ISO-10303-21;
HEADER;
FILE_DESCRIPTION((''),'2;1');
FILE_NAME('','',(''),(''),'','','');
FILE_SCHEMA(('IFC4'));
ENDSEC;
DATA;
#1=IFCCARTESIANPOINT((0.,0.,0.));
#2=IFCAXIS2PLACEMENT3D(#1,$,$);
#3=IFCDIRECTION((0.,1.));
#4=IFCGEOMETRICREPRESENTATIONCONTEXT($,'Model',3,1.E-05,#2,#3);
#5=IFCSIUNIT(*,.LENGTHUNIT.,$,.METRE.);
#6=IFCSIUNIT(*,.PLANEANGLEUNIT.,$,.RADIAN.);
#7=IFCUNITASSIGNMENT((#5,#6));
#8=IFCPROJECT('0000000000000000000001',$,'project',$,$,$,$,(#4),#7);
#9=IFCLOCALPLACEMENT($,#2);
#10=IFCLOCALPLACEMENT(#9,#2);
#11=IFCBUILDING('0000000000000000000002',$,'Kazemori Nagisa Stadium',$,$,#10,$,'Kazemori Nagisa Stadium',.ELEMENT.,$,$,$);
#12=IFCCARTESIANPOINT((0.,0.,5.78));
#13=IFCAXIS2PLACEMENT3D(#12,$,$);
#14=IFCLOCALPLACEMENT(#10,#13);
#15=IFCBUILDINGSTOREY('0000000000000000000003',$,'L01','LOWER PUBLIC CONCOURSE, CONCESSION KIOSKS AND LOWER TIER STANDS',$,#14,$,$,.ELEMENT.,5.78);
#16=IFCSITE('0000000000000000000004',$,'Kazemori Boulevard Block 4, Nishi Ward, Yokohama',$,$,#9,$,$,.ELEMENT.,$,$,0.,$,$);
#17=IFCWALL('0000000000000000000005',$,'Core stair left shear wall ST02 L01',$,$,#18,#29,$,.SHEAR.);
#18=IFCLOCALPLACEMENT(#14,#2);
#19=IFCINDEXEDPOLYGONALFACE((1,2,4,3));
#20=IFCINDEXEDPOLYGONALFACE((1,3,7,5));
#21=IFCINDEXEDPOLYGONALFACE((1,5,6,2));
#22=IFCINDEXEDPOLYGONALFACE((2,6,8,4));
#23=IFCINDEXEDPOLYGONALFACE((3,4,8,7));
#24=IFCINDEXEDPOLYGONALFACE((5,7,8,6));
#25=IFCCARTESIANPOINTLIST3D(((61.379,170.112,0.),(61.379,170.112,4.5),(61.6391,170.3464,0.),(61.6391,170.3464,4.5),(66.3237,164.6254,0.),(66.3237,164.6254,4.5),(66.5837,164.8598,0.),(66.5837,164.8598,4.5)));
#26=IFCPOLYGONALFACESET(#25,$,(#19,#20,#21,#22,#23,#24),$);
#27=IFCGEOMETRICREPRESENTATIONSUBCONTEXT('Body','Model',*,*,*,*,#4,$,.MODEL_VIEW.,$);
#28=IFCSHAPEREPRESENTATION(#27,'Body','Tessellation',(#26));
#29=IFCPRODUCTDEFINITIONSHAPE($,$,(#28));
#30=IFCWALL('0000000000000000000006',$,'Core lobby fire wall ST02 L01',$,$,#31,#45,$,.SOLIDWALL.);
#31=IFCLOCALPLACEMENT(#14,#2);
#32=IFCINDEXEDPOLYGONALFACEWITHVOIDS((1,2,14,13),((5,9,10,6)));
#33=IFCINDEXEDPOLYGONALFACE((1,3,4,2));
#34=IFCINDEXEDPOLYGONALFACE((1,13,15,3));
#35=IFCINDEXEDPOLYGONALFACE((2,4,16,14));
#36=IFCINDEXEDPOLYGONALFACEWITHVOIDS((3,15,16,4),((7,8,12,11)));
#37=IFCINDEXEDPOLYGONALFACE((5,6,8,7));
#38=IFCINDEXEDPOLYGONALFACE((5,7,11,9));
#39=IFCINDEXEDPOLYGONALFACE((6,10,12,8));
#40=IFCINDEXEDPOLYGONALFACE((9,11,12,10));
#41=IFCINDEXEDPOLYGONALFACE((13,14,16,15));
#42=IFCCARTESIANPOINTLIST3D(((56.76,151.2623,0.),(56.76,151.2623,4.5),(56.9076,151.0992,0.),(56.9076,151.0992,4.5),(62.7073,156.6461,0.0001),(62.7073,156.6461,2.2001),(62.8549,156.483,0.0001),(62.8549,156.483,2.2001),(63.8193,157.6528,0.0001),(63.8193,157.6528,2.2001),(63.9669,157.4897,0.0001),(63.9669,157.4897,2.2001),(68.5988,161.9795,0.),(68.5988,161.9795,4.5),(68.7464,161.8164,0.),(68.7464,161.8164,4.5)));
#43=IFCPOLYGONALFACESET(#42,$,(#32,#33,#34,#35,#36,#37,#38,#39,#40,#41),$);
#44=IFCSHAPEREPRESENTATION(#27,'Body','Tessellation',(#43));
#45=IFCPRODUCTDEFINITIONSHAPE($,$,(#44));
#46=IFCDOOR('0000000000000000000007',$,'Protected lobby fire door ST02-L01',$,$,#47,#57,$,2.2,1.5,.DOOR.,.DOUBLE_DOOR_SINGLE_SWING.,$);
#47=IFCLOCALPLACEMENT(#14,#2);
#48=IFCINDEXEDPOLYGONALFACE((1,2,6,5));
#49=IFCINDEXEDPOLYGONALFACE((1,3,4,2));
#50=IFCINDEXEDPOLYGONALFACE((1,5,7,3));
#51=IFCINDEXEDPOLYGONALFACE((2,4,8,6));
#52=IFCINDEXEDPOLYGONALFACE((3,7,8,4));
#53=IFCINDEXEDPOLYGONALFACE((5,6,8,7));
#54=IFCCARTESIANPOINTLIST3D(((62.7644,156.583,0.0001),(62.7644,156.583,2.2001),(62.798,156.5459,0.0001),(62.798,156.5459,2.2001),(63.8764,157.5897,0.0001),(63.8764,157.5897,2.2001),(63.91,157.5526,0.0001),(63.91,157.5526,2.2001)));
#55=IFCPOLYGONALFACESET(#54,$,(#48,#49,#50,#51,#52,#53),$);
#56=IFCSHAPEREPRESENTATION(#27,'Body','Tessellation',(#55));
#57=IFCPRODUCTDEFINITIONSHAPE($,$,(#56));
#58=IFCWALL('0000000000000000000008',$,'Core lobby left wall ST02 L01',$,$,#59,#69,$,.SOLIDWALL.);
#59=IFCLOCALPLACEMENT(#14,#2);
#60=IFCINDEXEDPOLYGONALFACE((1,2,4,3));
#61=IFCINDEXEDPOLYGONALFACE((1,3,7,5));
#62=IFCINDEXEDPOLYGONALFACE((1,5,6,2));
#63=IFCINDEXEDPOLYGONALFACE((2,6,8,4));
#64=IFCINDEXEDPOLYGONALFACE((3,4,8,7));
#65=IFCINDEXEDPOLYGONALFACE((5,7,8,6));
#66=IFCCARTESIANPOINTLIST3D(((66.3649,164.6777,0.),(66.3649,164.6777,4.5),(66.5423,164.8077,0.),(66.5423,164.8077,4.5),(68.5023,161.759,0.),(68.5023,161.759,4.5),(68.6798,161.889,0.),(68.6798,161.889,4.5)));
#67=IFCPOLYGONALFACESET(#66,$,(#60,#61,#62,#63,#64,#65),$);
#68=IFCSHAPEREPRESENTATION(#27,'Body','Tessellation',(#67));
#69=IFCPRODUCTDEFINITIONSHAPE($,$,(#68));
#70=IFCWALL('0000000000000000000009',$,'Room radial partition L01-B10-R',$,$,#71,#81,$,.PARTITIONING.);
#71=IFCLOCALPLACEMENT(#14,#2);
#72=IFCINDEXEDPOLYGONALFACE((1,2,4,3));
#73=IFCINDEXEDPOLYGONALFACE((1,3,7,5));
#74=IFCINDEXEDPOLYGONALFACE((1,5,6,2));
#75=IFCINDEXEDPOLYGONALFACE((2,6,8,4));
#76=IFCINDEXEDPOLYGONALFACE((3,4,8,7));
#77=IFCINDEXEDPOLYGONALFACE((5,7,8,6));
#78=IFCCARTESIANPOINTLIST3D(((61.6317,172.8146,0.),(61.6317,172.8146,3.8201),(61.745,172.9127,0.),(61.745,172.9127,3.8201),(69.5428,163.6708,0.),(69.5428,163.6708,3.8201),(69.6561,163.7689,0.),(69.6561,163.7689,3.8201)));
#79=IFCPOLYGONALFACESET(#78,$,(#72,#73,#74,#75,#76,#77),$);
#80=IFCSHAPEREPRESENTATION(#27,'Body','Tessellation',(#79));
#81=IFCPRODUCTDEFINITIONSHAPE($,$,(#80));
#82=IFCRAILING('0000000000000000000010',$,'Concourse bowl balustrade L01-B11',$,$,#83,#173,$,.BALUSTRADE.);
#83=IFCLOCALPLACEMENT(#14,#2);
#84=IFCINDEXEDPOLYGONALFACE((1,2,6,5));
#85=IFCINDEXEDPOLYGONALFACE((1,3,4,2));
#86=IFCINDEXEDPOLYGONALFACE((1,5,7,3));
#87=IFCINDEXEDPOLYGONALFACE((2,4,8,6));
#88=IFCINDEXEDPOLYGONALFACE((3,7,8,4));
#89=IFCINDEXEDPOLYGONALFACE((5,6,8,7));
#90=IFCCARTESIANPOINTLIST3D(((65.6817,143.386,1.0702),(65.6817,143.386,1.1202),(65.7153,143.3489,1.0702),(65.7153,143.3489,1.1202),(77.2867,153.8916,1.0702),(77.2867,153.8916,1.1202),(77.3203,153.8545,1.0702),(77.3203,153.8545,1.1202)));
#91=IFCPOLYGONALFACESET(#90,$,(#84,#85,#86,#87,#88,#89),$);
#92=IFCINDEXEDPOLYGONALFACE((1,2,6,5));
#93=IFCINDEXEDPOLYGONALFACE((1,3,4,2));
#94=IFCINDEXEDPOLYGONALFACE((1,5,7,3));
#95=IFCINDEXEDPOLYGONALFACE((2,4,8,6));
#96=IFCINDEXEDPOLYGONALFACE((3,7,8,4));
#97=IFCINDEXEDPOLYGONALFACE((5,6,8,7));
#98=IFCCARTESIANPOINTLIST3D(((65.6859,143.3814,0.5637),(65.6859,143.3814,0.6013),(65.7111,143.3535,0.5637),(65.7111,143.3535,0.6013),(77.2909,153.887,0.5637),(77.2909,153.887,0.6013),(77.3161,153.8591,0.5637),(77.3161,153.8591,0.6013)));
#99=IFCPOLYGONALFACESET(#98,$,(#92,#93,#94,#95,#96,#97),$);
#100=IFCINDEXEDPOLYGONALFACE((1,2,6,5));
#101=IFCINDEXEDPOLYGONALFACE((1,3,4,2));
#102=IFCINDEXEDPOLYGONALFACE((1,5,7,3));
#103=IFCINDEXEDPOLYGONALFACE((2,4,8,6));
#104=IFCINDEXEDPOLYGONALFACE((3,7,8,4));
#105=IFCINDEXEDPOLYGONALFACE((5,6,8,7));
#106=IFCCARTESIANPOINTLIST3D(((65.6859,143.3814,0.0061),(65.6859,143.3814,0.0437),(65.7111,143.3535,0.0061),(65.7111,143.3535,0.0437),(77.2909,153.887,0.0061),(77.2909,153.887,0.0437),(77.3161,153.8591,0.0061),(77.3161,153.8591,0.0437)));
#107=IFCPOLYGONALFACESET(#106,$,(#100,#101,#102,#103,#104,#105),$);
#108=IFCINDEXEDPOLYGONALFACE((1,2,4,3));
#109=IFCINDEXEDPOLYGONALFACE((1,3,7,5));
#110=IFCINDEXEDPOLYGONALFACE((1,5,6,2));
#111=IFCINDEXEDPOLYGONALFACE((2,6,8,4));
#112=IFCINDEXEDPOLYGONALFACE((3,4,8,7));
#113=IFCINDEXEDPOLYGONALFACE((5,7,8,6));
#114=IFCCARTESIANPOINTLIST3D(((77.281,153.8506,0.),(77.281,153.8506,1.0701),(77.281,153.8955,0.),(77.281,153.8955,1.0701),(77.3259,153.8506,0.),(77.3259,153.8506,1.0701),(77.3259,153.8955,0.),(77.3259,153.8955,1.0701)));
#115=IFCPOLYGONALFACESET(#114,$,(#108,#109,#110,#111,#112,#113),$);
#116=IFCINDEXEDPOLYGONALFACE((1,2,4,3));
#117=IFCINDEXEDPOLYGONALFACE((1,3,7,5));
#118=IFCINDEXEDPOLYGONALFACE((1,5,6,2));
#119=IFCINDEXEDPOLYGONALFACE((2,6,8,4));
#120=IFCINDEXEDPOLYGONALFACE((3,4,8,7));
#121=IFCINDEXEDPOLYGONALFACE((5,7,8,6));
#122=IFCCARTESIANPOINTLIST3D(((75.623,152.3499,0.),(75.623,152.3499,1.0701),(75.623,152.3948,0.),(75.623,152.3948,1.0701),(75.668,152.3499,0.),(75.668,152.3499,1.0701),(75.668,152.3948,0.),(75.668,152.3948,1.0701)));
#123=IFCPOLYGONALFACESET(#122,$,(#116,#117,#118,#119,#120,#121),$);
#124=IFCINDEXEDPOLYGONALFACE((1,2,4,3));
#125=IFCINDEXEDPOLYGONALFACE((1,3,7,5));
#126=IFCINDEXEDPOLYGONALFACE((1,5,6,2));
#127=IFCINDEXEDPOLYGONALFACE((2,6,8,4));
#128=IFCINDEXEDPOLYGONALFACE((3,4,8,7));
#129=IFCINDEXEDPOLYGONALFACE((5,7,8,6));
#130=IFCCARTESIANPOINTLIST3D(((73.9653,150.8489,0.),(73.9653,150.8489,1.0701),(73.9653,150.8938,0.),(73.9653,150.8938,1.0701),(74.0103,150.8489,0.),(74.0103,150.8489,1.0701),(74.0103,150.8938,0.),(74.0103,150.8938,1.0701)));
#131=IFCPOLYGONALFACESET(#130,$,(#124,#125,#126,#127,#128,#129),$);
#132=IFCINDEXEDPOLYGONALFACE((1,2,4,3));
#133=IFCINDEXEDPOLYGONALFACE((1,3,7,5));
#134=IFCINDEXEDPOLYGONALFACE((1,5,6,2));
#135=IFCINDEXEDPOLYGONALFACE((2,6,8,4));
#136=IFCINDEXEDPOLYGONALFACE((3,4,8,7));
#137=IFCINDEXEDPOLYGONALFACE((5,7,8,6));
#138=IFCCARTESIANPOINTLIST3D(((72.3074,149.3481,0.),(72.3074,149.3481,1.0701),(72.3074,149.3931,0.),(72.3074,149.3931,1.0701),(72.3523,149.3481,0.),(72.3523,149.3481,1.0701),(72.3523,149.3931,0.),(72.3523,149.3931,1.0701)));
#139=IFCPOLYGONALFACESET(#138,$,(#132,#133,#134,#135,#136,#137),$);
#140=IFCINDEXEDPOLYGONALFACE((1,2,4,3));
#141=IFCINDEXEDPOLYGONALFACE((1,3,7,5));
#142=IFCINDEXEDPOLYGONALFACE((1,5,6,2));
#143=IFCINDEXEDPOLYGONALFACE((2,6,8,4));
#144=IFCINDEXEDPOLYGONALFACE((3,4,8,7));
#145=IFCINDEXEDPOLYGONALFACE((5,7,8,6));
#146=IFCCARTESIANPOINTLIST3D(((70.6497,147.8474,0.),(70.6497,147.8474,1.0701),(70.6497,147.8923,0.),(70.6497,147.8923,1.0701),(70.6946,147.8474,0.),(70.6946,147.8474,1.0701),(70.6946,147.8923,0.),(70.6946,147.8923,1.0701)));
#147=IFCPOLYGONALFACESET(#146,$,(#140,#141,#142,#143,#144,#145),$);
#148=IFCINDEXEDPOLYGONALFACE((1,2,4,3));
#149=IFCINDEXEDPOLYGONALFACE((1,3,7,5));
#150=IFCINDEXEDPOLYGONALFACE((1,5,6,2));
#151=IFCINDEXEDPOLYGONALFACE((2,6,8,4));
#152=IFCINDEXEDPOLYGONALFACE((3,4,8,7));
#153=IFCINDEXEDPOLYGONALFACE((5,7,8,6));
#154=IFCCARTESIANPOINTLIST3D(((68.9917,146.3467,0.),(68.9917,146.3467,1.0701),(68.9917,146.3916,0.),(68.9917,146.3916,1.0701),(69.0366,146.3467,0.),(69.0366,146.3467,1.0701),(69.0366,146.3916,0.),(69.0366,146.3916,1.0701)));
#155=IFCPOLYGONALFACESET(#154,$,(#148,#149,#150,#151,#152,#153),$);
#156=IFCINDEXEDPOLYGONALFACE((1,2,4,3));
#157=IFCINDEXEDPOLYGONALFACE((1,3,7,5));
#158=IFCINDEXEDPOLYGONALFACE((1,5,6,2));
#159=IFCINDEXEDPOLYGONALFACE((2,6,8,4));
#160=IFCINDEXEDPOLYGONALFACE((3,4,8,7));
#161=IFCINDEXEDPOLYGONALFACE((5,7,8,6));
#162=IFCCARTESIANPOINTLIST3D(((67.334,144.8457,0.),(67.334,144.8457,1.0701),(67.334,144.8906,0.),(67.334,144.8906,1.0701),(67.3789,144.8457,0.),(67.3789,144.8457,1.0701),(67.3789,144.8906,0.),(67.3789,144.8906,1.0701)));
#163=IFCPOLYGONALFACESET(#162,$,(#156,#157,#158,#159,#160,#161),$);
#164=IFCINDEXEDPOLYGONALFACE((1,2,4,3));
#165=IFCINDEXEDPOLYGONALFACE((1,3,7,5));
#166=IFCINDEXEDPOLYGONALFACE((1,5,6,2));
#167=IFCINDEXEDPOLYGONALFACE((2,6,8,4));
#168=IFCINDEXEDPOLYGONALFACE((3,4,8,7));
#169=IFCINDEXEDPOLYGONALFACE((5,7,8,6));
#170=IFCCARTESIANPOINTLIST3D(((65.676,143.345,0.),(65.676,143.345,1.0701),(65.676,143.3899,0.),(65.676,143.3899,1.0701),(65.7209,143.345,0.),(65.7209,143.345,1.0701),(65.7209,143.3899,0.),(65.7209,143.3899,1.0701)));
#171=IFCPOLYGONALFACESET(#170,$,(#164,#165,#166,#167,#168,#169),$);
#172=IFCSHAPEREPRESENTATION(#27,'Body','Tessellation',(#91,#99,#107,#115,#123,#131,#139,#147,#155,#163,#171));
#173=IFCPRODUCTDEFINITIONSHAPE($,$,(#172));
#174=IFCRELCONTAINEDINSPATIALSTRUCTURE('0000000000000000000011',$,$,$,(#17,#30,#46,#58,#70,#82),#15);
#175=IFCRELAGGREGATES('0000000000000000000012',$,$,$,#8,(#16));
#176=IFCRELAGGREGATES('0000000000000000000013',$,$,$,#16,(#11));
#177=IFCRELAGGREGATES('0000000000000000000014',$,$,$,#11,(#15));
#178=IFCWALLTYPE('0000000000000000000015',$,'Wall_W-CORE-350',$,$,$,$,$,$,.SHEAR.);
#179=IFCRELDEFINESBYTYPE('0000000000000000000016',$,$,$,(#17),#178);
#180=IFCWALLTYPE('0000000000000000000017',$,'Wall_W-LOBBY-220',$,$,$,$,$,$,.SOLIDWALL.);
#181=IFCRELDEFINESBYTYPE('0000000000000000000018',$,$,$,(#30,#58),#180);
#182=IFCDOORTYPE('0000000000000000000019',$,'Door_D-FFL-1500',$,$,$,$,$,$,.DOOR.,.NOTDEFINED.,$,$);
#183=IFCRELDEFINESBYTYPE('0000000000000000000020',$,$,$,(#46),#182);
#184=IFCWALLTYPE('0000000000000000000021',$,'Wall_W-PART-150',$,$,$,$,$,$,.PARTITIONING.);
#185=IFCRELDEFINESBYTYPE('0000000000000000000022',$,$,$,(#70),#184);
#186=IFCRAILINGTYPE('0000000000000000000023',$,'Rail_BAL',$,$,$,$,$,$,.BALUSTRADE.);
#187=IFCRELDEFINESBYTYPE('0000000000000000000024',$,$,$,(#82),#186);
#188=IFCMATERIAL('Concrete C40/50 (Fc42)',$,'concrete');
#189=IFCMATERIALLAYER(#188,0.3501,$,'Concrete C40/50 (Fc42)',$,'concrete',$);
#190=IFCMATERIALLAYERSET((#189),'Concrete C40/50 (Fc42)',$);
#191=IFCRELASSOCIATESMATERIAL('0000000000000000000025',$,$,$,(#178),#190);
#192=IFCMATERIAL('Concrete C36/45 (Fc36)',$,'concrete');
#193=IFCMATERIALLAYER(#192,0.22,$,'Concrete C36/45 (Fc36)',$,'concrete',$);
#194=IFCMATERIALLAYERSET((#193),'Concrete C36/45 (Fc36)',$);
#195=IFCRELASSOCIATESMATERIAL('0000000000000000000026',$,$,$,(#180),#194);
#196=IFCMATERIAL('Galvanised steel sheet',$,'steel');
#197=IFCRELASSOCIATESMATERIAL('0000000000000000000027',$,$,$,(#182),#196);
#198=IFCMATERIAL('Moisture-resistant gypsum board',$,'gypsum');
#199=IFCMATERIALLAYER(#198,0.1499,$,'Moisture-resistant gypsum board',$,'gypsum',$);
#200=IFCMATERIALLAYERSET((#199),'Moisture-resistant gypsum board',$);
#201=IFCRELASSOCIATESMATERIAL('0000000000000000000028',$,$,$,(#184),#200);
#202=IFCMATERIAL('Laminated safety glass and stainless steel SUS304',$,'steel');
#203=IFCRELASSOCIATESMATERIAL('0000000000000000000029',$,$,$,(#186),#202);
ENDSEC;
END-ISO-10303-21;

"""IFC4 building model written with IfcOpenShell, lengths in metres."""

from ifc_helpers import new_model, si_unit, direction, frame, frame_2d, origin, origin_2d, place, context, subcontext, project, spatial, rectangle, extrude, material, layer, layer_set, type_object, element, fill, save


model = new_model("IFC4")

# Units and contexts
model_context = context("Model", 3, precision=1e-05, world=origin(), true_north=direction((0.0, 1.0)))
body_context = subcontext(model_context, "Body", "Model", "MODEL_VIEW")
ifc_project = project(units=[si_unit("LENGTHUNIT", "METRE"), si_unit("PLANEANGLEUNIT", "RADIAN")], contexts=[model_context])

# Site, building, storey
site_placement = place(None, origin())
site = spatial("IfcSite", under=ifc_project, at=site_placement, Name="Kazemori Boulevard Block 4, Nishi Ward, Yokohama", CompositionType="ELEMENT", RefElevation=0.0)
building_placement = place(site_placement, origin())
building = spatial("IfcBuilding", under=site, at=building_placement, Name="Kazemori Nagisa Stadium", LongName="Kazemori Nagisa Stadium", CompositionType="ELEMENT")
storey_placement = place(building_placement, frame((0.0, 0.0, 5.78)))
storey = spatial("IfcBuildingStorey", under=building, at=storey_placement, Name="L01", Description="LOWER PUBLIC CONCOURSE, CONCESSION KIOSKS AND LOWER TIER STANDS", CompositionType="ELEMENT", Elevation=5.78)

# Shared definitions
ifc_material_1 = material(Name="Concrete C40/50 (Fc42)", Category="concrete")

# Wall
ifc_layer_1 = layer(ifc_material_1, 0.3501, Name="Concrete C40/50 (Fc42)", Category="concrete")
ifc_layer_set_1 = layer_set([ifc_layer_1], Name="Concrete C40/50 (Fc42)")
wall_type_1 = type_object("IfcWallType", Name="Wall_W-CORE-350", PredefinedType="SHEAR", material=ifc_layer_set_1)
wall_1_placement = place(storey_placement, frame((66.4536, 164.7427, 0.0), z_axis=(0.0, 0.0, 1.0), x_axis=(-0.669463, 0.742845, 0.0)))
element("IfcWall", 1, at=wall_1_placement, inside=storey, type_object=wall_type_1, Name="Core stair left shear wall ST02 L01", PredefinedType="SHEAR", context=body_context, shape_type="SweptSolid", body=[
    extrude(rectangle(XDim=7.386, YDim=0.3501, at=frame_2d((3.6929, 0.0))), origin(), (0.0, 0.0, 1.0), 4.5),
])

# Wall, opening, door
ifc_material_2 = material(Name="Concrete C36/45 (Fc36)", Category="concrete")
ifc_layer_2 = layer(ifc_material_2, 0.22, Name="Concrete C36/45 (Fc36)", Category="concrete")
ifc_layer_set_2 = layer_set([ifc_layer_2], Name="Concrete C36/45 (Fc36)")
wall_type_2 = type_object("IfcWallType", Name="Wall_W-LOBBY-220", PredefinedType="SOLIDWALL", material=ifc_layer_set_2)
wall_2_placement = place(storey_placement, frame((68.6726, 161.8979, 0.0), z_axis=(0.0, 0.0, 1.0), x_axis=(-0.741351, -0.671117, 0.0)))
wall_2 = element("IfcWall", 2, at=wall_2_placement, inside=storey, type_object=wall_type_2, Name="Core lobby fire wall ST02 L01", PredefinedType="SOLIDWALL", context=body_context, shape_type="SweptSolid", body=[
    extrude(rectangle(XDim=15.9692, YDim=0.22, at=frame_2d((7.9846, 0.0))), origin(), (0.0, 0.0, 1.0), 4.5),
])
opening_placement = place(wall_2_placement, frame((6.447, 0.0, 0.0)))
opening = element("IfcOpeningElement", 3, at=opening_placement, cuts=wall_2, PredefinedType="OPENING", context=body_context, shape_type="SweptSolid", body=[
    extrude(rectangle(XDim=1.5, YDim=2.2, at=frame_2d((0.75, 1.1001))), frame((0.0, 0.1199, 0.0), z_axis=(0.0, -1.0, 0.0), x_axis=(1.0, 0.0, 0.0)), (0.0, 0.0, 1.0), 0.24),
])
ifc_material_3 = material(Name="Galvanised steel sheet", Category="steel")
door_type = type_object("IfcDoorType", Name="Door_D-FFL-1500", OperationType="NOTDEFINED", PredefinedType="DOOR", material=ifc_material_3)
door_placement = place(opening_placement, frame((1.5, 0.0, 0.0), z_axis=(0.0, 0.0, 1.0), x_axis=(-1.0, 0.0, 0.0)))
door = element("IfcDoor", 4, at=door_placement, inside=storey, type_object=door_type, Name="Protected lobby fire door ST02-L01", OperationType="DOUBLE_DOOR_SINGLE_SWING", OverallHeight=2.2, OverallWidth=1.5, PredefinedType="DOOR", context=body_context, shape_type="SweptSolid", body=[
    extrude(rectangle(XDim=1.5, YDim=2.2, at=frame_2d((0.75, 1.1001))), frame((0.0, 0.0249, 0.0), z_axis=(0.0, -1.0, 0.0), x_axis=(1.0, 0.0, 0.0)), (0.0, 0.0, 1.0), 0.05),
])
fill(opening, door)

# Walls
wall_3_placement = place(storey_placement, frame((68.5911, 161.824, 0.0), z_axis=(0.0, 0.0, 1.0), x_axis=(-0.590837, 0.806791, 0.0)))
element("IfcWall", 5, at=wall_3_placement, inside=storey, type_object=wall_type_2, Name="Core lobby left wall ST02 L01", PredefinedType="SOLIDWALL", context=body_context, shape_type="SweptSolid", body=[
    extrude(rectangle(XDim=3.6177, YDim=0.22, at=frame_2d((1.8088, 0.0))), origin(), (0.0, 0.0, 1.0), 4.5),
])
ifc_material_4 = material(Name="Moisture-resistant gypsum board", Category="gypsum")
ifc_layer_3 = layer(ifc_material_4, 0.1499, Name="Moisture-resistant gypsum board", Category="gypsum")
ifc_layer_set_3 = layer_set([ifc_layer_3], Name="Moisture-resistant gypsum board")
wall_type_3 = type_object("IfcWallType", Name="Wall_W-PART-150", PredefinedType="PARTITIONING", material=ifc_layer_set_3)
wall_4_placement = place(storey_placement, frame((69.5994, 163.72, 0.0), z_axis=(0.0, 0.0, 1.0), x_axis=(-0.654293, 0.756241, 0.0)))
element("IfcWall", 6, at=wall_4_placement, inside=storey, type_object=wall_type_3, Name="Room radial partition L01-B10-R", PredefinedType="PARTITIONING", context=body_context, shape_type="SweptSolid", body=[
    extrude(rectangle(XDim=12.0911, YDim=0.1499, at=frame_2d((6.0454, 0.0))), origin(), (0.0, 0.0, 1.0), 3.8201),
])

# Railing
ifc_material_5 = material(Name="Laminated safety glass and stainless steel SUS304", Category="steel")
railing_type_1 = type_object("IfcRailingType", Name="Rail_BAL", PredefinedType="BALUSTRADE", material=ifc_material_5)
railing_1_placement = place(storey_placement, frame((77.3035, 153.873, 0.0)))
element("IfcRailing", 7, at=railing_1_placement, inside=storey, type_object=railing_type_1, Name="Concourse bowl balustrade L01-B11", PredefinedType="BALUSTRADE", context=body_context, shape_type="SweptSolid", body=[
    extrude(rectangle(XDim=0.05, YDim=0.05, at=origin_2d()), frame((0.0, 0.0, 1.0952), z_axis=(-0.741349, -0.67112, 0.0), x_axis=(0.67112, -0.741349, 0.0)), (0.0, 0.0, 1.0), 15.6538),
    extrude(rectangle(XDim=0.0376, YDim=0.0376, at=origin_2d()), frame((0.0, 0.0, 0.5825), z_axis=(-0.741349, -0.67112, 0.0), x_axis=(0.67112, -0.741349, 0.0)), (0.0, 0.0, 1.0), 15.6538),
    extrude(rectangle(XDim=0.0376, YDim=0.0376, at=origin_2d()), frame((0.0, 0.0, 0.0249), z_axis=(-0.741349, -0.67112, 0.0), x_axis=(0.67112, -0.741349, 0.0)), (0.0, 0.0, 1.0), 15.6538),
    extrude(rectangle(XDim=0.0449, YDim=0.0449, at=origin_2d()), origin(), (0.0, 0.0, 1.0), 1.0701),
    extrude(rectangle(XDim=0.0449, YDim=0.0449, at=origin_2d()), frame((-1.658, -1.5007, 0.0)), (0.0, 0.0, 1.0), 1.0701),
    extrude(rectangle(XDim=0.0449, YDim=0.0449, at=origin_2d()), frame((-3.3157, -3.0017, 0.0)), (0.0, 0.0, 1.0), 1.0701),
    extrude(rectangle(XDim=0.0449, YDim=0.0449, at=origin_2d()), frame((-4.9736, -4.5024, 0.0)), (0.0, 0.0, 1.0), 1.0701),
    extrude(rectangle(XDim=0.0449, YDim=0.0449, at=origin_2d()), frame((-6.6313, -6.0032, 0.0)), (0.0, 0.0, 1.0), 1.0701),
    extrude(rectangle(XDim=0.0449, YDim=0.0449, at=origin_2d()), frame((-8.2893, -7.5039, 0.0)), (0.0, 0.0, 1.0), 1.0701),
    extrude(rectangle(XDim=0.0449, YDim=0.0449, at=origin_2d()), frame((-9.947, -9.0049, 0.0)), (0.0, 0.0, 1.0), 1.0701),
    extrude(rectangle(XDim=0.0449, YDim=0.0449, at=origin_2d()), frame((-11.605, -10.5056, 0.0)), (0.0, 0.0, 1.0), 1.0701),
])

save(model, "model.ifc")
